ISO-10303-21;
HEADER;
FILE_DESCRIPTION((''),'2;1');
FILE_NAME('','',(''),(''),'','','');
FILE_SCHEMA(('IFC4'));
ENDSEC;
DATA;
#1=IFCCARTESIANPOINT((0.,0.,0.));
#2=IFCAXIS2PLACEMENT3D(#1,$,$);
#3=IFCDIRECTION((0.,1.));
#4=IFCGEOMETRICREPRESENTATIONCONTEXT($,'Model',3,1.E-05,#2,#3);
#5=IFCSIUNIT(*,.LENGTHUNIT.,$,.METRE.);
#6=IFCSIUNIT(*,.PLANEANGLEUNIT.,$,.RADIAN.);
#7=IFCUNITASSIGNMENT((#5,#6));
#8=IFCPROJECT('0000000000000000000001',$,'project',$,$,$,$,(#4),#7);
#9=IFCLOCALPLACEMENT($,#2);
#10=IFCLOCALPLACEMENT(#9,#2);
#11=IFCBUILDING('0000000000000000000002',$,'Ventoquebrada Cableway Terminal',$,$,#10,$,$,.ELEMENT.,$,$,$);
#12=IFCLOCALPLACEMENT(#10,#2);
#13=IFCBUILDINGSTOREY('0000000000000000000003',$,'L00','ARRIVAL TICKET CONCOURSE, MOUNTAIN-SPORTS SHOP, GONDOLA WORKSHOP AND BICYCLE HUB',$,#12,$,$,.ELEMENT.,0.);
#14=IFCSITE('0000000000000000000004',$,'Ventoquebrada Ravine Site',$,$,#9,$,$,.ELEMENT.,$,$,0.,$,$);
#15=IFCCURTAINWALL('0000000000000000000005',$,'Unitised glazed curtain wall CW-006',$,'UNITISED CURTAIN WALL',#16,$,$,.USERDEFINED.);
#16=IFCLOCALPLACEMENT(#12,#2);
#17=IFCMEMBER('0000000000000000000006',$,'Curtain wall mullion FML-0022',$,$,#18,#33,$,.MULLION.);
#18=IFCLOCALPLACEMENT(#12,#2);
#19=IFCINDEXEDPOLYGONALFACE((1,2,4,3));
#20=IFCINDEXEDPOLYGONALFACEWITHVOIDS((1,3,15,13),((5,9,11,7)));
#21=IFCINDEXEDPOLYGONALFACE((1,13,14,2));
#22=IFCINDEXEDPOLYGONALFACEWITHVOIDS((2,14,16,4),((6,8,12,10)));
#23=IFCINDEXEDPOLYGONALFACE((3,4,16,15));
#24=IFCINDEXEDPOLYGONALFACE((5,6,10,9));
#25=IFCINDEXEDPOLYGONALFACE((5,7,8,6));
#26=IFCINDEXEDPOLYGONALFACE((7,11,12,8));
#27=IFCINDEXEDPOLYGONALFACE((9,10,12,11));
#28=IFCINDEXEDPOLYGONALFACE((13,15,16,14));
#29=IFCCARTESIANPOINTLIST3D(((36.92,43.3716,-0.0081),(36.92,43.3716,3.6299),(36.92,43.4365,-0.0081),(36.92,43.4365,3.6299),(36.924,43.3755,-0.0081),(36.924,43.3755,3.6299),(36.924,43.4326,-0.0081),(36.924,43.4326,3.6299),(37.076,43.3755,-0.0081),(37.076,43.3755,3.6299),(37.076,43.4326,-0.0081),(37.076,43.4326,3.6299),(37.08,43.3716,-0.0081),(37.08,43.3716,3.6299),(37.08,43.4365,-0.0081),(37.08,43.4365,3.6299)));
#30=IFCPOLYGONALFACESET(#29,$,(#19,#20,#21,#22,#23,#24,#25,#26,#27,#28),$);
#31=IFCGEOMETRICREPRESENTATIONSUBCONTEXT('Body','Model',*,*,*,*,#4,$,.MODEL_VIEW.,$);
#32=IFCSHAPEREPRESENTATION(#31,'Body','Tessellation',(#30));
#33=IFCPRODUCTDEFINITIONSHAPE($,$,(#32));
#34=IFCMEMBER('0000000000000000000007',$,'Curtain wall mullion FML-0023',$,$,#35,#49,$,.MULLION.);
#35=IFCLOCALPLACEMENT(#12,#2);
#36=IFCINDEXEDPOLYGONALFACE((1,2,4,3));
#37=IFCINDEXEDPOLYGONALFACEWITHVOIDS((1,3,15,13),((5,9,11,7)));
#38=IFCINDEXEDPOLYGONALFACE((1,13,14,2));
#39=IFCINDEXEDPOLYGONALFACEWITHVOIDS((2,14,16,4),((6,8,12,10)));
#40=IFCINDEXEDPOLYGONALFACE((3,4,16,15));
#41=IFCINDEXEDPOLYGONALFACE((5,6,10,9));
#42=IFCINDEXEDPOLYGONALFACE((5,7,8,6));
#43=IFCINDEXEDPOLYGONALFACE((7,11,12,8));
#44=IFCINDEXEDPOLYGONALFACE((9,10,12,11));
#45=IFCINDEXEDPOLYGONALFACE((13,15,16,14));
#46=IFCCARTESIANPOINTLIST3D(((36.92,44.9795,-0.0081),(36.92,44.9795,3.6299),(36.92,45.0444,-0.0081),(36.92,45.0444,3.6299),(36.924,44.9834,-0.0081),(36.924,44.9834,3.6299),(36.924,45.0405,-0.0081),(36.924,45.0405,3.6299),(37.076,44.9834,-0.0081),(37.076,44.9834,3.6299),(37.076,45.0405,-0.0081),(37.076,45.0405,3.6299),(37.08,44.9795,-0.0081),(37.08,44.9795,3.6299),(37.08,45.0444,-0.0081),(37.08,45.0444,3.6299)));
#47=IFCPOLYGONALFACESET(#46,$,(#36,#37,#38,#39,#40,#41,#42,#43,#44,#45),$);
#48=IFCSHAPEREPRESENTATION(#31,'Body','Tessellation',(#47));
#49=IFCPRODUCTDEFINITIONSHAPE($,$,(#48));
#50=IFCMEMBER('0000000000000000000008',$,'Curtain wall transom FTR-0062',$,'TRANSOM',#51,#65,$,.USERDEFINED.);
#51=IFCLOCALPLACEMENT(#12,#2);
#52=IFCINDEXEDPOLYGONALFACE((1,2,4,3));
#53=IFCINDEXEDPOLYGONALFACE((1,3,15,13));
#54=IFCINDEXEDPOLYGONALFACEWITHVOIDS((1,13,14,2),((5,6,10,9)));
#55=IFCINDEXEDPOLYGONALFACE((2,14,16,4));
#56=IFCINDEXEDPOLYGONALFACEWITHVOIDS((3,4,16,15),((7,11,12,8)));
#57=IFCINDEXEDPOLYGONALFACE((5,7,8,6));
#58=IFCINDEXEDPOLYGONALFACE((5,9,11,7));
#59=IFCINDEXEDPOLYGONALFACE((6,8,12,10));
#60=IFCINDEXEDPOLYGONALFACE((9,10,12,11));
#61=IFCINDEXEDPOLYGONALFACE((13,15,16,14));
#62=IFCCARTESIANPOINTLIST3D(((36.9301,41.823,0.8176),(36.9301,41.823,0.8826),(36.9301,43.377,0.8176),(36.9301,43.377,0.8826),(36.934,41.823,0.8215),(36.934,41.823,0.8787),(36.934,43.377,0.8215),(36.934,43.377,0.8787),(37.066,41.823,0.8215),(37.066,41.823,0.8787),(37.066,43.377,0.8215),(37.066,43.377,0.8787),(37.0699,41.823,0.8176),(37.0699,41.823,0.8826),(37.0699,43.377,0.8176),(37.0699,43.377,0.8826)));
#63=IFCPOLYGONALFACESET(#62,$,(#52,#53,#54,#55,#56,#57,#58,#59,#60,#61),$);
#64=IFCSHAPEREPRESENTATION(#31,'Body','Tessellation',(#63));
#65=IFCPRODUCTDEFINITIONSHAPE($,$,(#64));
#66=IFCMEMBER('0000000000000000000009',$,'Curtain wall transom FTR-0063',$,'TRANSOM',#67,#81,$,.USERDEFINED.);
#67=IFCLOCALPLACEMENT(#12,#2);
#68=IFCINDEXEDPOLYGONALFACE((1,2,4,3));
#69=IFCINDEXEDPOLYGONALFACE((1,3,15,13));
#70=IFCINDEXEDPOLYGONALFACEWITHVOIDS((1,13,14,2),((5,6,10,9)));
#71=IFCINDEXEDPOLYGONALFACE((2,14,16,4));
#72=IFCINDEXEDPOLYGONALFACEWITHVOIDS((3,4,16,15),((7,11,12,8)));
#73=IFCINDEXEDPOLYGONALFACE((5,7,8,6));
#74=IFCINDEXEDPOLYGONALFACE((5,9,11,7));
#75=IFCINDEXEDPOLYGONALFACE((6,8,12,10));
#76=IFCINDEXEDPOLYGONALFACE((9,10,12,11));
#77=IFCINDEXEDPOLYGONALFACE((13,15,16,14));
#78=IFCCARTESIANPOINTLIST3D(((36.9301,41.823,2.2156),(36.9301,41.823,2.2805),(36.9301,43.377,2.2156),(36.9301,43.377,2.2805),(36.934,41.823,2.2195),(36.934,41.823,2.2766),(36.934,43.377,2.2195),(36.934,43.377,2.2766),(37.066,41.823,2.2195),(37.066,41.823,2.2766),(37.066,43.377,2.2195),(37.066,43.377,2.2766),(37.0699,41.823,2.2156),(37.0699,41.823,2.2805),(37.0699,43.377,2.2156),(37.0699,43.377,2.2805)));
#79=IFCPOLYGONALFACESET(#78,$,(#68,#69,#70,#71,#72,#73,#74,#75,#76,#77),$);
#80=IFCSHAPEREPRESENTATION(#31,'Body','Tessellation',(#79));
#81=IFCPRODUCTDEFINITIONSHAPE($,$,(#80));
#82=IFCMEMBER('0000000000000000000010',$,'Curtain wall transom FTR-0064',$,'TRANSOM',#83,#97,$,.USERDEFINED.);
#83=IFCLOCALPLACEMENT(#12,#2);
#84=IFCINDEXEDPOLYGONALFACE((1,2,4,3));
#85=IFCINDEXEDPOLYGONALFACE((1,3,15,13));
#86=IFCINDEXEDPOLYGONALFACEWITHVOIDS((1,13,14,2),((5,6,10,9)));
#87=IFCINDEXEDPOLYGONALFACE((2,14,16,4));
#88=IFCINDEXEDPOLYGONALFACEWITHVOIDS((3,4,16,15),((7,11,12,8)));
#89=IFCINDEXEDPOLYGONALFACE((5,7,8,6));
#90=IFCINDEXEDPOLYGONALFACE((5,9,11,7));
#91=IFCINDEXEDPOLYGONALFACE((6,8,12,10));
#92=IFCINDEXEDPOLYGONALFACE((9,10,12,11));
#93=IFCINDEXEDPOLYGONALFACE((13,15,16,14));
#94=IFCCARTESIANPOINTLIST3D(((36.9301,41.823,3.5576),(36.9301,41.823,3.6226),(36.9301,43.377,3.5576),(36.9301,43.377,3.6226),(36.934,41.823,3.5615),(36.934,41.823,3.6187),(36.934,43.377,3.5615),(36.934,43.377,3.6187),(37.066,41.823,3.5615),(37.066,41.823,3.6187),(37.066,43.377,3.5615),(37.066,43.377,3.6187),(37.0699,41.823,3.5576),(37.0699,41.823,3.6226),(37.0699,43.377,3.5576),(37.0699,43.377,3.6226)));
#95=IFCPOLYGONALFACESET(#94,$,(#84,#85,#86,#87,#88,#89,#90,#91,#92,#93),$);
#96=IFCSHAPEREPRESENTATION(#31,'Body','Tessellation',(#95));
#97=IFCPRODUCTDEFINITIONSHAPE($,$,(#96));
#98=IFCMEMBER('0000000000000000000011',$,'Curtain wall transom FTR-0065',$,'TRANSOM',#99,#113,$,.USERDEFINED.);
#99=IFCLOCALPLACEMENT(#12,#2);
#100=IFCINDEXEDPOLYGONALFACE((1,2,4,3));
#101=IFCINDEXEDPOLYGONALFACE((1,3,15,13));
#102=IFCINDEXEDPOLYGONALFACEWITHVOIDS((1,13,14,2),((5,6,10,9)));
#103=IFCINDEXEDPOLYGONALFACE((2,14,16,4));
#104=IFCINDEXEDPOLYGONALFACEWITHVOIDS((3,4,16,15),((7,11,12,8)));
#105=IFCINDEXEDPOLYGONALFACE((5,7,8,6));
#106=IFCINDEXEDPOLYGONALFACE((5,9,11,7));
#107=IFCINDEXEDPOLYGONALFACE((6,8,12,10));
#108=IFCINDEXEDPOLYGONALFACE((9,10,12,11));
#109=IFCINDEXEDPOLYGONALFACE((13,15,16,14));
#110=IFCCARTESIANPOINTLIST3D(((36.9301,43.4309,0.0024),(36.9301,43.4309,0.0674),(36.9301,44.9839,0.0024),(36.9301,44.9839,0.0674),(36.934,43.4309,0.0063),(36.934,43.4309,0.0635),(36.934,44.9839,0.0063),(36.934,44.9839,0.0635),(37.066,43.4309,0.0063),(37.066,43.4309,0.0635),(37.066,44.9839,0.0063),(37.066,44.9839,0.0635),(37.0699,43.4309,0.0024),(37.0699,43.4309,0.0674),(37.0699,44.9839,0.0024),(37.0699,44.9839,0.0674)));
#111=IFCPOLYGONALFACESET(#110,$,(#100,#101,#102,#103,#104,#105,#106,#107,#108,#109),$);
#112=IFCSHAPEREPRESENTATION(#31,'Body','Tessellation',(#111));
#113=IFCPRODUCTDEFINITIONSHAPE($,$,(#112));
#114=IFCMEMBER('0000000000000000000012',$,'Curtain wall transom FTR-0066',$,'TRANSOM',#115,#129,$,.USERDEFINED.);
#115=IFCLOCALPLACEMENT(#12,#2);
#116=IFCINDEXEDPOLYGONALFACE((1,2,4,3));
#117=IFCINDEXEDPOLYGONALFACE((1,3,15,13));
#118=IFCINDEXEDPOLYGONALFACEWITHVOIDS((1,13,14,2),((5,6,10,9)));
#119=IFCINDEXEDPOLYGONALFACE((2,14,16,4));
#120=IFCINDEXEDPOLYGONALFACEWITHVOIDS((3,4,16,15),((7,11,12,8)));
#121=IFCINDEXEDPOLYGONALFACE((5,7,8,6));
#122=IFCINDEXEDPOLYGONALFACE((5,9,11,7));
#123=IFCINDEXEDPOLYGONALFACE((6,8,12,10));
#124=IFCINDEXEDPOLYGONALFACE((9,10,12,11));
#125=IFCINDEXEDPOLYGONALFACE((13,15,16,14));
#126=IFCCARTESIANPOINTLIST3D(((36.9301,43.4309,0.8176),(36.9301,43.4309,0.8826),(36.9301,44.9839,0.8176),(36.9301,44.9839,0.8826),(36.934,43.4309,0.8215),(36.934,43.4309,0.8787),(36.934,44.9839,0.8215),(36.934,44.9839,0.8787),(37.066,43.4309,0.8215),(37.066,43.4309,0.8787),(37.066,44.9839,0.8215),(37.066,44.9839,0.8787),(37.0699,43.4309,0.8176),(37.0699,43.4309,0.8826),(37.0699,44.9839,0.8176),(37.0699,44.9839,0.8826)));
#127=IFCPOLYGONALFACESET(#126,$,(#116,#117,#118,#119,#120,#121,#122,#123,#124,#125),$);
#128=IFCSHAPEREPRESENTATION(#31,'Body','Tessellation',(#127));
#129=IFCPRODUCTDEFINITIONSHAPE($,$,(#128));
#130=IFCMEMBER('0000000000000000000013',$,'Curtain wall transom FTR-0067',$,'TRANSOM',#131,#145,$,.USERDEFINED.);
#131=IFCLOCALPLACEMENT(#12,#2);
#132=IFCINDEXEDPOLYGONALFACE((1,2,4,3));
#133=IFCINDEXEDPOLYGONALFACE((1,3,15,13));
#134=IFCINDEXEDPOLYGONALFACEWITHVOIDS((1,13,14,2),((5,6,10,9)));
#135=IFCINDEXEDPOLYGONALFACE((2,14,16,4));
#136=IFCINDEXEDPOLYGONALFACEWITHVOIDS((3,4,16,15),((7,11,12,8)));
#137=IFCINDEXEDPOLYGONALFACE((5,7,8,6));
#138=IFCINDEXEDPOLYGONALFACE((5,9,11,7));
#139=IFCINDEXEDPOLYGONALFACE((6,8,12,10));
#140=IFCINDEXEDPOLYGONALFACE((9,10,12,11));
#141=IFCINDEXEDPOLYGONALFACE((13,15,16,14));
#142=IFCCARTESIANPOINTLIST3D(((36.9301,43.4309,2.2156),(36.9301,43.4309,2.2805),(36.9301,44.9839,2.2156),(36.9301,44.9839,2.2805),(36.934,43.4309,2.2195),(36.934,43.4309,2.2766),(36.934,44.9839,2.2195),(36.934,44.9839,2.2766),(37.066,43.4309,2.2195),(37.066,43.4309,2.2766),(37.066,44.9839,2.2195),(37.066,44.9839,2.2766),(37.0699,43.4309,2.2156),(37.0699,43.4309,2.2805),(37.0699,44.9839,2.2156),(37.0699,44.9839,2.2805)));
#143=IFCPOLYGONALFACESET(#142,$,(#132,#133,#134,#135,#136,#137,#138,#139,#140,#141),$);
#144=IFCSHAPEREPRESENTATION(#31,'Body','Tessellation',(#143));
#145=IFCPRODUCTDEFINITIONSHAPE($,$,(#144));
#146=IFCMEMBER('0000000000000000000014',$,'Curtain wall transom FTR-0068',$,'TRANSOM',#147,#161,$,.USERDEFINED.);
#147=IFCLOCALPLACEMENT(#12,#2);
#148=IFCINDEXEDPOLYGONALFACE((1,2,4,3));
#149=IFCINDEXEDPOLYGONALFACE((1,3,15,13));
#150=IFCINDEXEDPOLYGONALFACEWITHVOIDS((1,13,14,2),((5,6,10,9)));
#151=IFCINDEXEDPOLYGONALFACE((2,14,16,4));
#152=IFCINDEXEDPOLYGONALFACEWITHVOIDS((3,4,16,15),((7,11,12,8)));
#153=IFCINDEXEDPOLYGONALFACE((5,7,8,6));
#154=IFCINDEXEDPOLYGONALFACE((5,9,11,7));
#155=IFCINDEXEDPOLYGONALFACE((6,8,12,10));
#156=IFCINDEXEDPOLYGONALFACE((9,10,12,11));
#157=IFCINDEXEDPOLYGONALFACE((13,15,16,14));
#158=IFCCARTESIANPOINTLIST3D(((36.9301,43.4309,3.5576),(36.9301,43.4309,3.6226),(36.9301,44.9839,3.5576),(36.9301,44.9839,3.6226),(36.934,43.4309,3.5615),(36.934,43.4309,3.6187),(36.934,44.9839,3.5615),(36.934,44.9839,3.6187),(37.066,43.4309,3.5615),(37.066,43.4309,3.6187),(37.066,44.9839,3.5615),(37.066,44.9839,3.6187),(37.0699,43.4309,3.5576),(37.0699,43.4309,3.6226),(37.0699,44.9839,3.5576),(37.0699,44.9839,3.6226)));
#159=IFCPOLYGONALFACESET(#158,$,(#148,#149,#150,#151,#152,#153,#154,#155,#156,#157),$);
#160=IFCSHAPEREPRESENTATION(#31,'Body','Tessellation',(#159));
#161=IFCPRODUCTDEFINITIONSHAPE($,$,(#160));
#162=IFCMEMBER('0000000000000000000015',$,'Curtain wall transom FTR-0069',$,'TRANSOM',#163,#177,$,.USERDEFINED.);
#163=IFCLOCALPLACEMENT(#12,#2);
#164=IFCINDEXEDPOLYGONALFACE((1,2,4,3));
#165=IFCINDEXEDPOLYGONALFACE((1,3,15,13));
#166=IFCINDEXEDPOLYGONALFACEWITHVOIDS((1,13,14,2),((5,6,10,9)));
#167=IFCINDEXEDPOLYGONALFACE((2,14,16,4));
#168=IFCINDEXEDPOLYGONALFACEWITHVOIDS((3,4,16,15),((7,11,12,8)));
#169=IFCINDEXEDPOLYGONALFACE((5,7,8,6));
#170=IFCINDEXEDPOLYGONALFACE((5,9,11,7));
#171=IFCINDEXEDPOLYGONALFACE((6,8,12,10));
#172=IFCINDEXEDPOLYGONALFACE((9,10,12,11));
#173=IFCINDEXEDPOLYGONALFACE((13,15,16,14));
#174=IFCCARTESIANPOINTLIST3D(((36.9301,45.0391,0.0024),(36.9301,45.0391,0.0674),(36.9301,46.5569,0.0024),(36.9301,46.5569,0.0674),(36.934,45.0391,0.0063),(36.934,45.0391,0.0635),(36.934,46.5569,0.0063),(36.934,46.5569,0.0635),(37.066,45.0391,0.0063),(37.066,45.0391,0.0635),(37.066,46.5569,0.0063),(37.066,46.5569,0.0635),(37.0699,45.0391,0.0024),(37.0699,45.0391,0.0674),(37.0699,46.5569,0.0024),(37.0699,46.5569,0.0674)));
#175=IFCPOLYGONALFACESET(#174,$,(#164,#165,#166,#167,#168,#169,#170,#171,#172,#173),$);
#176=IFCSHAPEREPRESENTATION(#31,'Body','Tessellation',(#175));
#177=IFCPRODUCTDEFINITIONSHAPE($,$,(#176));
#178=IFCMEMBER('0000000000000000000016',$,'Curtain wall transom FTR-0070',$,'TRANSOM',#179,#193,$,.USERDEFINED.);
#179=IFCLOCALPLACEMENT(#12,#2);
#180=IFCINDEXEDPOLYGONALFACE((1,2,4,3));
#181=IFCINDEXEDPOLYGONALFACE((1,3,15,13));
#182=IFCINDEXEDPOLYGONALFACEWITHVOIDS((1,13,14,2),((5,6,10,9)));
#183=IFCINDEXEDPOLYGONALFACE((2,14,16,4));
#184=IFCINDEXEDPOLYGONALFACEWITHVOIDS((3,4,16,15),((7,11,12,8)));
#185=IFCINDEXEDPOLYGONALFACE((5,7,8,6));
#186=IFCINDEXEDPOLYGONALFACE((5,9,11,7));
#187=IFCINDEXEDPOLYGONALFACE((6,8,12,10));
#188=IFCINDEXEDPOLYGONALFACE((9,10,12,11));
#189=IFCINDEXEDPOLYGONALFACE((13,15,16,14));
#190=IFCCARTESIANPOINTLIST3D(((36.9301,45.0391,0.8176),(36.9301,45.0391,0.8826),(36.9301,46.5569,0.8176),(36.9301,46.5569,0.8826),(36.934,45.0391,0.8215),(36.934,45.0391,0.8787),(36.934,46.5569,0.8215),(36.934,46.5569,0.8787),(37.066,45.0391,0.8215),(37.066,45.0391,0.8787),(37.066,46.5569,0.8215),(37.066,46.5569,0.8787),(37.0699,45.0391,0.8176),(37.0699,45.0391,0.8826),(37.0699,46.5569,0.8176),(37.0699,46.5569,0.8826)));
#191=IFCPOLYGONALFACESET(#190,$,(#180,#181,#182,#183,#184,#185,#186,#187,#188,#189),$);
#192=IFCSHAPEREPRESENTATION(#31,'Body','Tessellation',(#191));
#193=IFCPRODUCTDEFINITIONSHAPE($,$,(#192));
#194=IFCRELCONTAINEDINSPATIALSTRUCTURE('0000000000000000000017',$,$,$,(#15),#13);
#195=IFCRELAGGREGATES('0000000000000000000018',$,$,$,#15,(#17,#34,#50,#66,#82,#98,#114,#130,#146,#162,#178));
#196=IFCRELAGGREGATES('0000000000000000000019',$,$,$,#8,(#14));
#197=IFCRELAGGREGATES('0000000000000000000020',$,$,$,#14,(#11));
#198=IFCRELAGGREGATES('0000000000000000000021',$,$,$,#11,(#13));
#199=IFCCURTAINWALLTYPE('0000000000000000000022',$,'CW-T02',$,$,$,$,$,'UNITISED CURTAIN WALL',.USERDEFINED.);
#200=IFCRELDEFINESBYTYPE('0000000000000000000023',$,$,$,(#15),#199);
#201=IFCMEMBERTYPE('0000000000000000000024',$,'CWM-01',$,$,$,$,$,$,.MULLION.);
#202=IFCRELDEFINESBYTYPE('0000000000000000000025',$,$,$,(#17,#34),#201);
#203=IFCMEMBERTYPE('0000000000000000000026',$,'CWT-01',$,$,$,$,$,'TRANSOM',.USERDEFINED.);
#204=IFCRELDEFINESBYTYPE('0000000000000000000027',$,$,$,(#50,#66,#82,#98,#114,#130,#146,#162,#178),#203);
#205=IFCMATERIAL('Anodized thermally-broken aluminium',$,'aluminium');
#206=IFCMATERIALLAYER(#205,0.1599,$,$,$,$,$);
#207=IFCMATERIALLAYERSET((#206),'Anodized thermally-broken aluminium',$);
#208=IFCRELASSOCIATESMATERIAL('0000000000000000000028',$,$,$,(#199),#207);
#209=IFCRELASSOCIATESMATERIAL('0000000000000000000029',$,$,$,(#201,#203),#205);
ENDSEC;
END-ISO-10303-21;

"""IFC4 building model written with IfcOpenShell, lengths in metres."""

from ifc_helpers import new_model, si_unit, direction, frame, origin, origin_2d, place, context, subcontext, project, spatial, hollow_rectangle, extrude, material, layer, layer_set, material_profile, profile_set, type_object, element, aggregate, save


model = new_model("IFC4")

# Units and contexts
model_context = context("Model", 3, precision=1e-05, world=origin(), true_north=direction((0.0, 1.0)))
body_context = subcontext(model_context, "Body", "Model", "MODEL_VIEW")
ifc_project = project(units=[si_unit("LENGTHUNIT", "METRE"), si_unit("PLANEANGLEUNIT", "RADIAN")], contexts=[model_context])

# Site, building, storey
site_placement = place(None, origin())
site = spatial("IfcSite", under=ifc_project, at=site_placement, Name="Ventoquebrada Ravine Site", CompositionType="ELEMENT", RefElevation=0.0)
building_placement = place(site_placement, origin())
building = spatial("IfcBuilding", under=site, at=building_placement, Name="Ventoquebrada Cableway Terminal", CompositionType="ELEMENT")
storey_placement = place(building_placement, origin())
storey = spatial("IfcBuildingStorey", under=building, at=storey_placement, Name="L00", Description="ARRIVAL TICKET CONCOURSE, MOUNTAIN-SPORTS SHOP, GONDOLA WORKSHOP AND BICYCLE HUB", CompositionType="ELEMENT", Elevation=0.0)

# Curtain wall, members
ifc_material_1 = material(Name="Anodized thermally-broken aluminium", Category="aluminium")
ifc_layer_1 = layer(ifc_material_1, 0.1599)
ifc_layer_set_1 = layer_set([ifc_layer_1], Name="Anodized thermally-broken aluminium")
curtain_wall_type = type_object("IfcCurtainWallType", Name="CW-T02", ElementType="UNITISED CURTAIN WALL", PredefinedType="USERDEFINED", material=ifc_layer_set_1)
curtain_wall_placement = place(storey_placement, origin())
curtain_wall = element("IfcCurtainWall", 1, at=curtain_wall_placement, inside=storey, type_object=curtain_wall_type, Name="Unitised glazed curtain wall CW-006", ObjectType="UNITISED CURTAIN WALL", PredefinedType="USERDEFINED")
ifc_material_profile_1 = material_profile(ifc_material_1, hollow_rectangle(XDim=0.0649, YDim=0.1599, WallThickness=0.0039, at=origin_2d()), Name="CW-MUL-65X160")
ifc_profile_set_1 = profile_set([ifc_material_profile_1], Name="Anodized thermally-broken aluminium")
member_type_1 = type_object("IfcMemberType", Name="CWM-01", PredefinedType="MULLION", material=ifc_profile_set_1)
member_1_placement = place(storey_placement, frame((37.0, 43.4041, -0.0081), z_axis=(0.0, 0.0, 1.0), x_axis=(0.0, 1.0, 0.0)))
member_1 = element("IfcMember", 2, at=member_1_placement, type_object=member_type_1, Name="Curtain wall mullion FML-0022", PredefinedType="MULLION", context=body_context, shape_type="SweptSolid", body=[
    extrude(hollow_rectangle(XDim=0.0649, YDim=0.1599, WallThickness=0.0039, at=origin_2d()), origin(), (0.0, 0.0, 1.0), 3.6379),
])
member_2_placement = place(storey_placement, frame((37.0, 45.012, -0.0081), z_axis=(0.0, 0.0, 1.0), x_axis=(0.0, 1.0, 0.0)))
member_2 = element("IfcMember", 3, at=member_2_placement, type_object=member_type_1, Name="Curtain wall mullion FML-0023", PredefinedType="MULLION", context=body_context, shape_type="SweptSolid", body=[
    extrude(hollow_rectangle(XDim=0.0649, YDim=0.1599, WallThickness=0.0039, at=origin_2d()), origin(), (0.0, 0.0, 1.0), 3.6379),
])
ifc_material_profile_2 = material_profile(ifc_material_1, hollow_rectangle(XDim=0.0649, YDim=0.1399, WallThickness=0.0039, at=origin_2d()), Name="CW-TRN-65X140")
ifc_profile_set_2 = profile_set([ifc_material_profile_2], Name="Anodized thermally-broken aluminium")
member_type_2 = type_object("IfcMemberType", Name="CWT-01", ElementType="TRANSOM", PredefinedType="USERDEFINED", material=ifc_profile_set_2)
member_3_placement = place(storey_placement, frame((37.0, 41.823, 0.8501), z_axis=(0.0, 1.0, 0.0), x_axis=(0.0, 0.0, 1.0)))
member_3 = element("IfcMember", 4, at=member_3_placement, type_object=member_type_2, Name="Curtain wall transom FTR-0062", ObjectType="TRANSOM", PredefinedType="USERDEFINED", context=body_context, shape_type="SweptSolid", body=[
    extrude(hollow_rectangle(XDim=0.0649, YDim=0.1399, WallThickness=0.0039, at=origin_2d()), origin(), (0.0, 0.0, 1.0), 1.554),
])
member_4_placement = place(storey_placement, frame((37.0, 41.823, 2.248), z_axis=(0.0, 1.0, 0.0), x_axis=(0.0, 0.0, 1.0)))
member_4 = element("IfcMember", 5, at=member_4_placement, type_object=member_type_2, Name="Curtain wall transom FTR-0063", ObjectType="TRANSOM", PredefinedType="USERDEFINED", context=body_context, shape_type="SweptSolid", body=[
    extrude(hollow_rectangle(XDim=0.0649, YDim=0.1399, WallThickness=0.0039, at=origin_2d()), origin(), (0.0, 0.0, 1.0), 1.554),
])
member_5_placement = place(storey_placement, frame((37.0, 41.823, 3.5901), z_axis=(0.0, 1.0, 0.0), x_axis=(0.0, 0.0, 1.0)))
member_5 = element("IfcMember", 6, at=member_5_placement, type_object=member_type_2, Name="Curtain wall transom FTR-0064", ObjectType="TRANSOM", PredefinedType="USERDEFINED", context=body_context, shape_type="SweptSolid", body=[
    extrude(hollow_rectangle(XDim=0.0649, YDim=0.1399, WallThickness=0.0039, at=origin_2d()), origin(), (0.0, 0.0, 1.0), 1.554),
])
member_6_placement = place(storey_placement, frame((37.0, 43.4309, 0.0349), z_axis=(0.0, 1.0, 0.0), x_axis=(0.0, 0.0, 1.0)))
member_6 = element("IfcMember", 7, at=member_6_placement, type_object=member_type_2, Name="Curtain wall transom FTR-0065", ObjectType="TRANSOM", PredefinedType="USERDEFINED", context=body_context, shape_type="SweptSolid", body=[
    extrude(hollow_rectangle(XDim=0.0649, YDim=0.1399, WallThickness=0.0039, at=origin_2d()), origin(), (0.0, 0.0, 1.0), 1.553),
])
member_7_placement = place(storey_placement, frame((37.0, 43.4309, 0.8501), z_axis=(0.0, 1.0, 0.0), x_axis=(0.0, 0.0, 1.0)))
member_7 = element("IfcMember", 8, at=member_7_placement, type_object=member_type_2, Name="Curtain wall transom FTR-0066", ObjectType="TRANSOM", PredefinedType="USERDEFINED", context=body_context, shape_type="SweptSolid", body=[
    extrude(hollow_rectangle(XDim=0.0649, YDim=0.1399, WallThickness=0.0039, at=origin_2d()), origin(), (0.0, 0.0, 1.0), 1.553),
])
member_8_placement = place(storey_placement, frame((37.0, 43.4309, 2.248), z_axis=(0.0, 1.0, 0.0), x_axis=(0.0, 0.0, 1.0)))
member_8 = element("IfcMember", 9, at=member_8_placement, type_object=member_type_2, Name="Curtain wall transom FTR-0067", ObjectType="TRANSOM", PredefinedType="USERDEFINED", context=body_context, shape_type="SweptSolid", body=[
    extrude(hollow_rectangle(XDim=0.0649, YDim=0.1399, WallThickness=0.0039, at=origin_2d()), origin(), (0.0, 0.0, 1.0), 1.553),
])
member_9_placement = place(storey_placement, frame((37.0, 43.4309, 3.5901), z_axis=(0.0, 1.0, 0.0), x_axis=(0.0, 0.0, 1.0)))
member_9 = element("IfcMember", 10, at=member_9_placement, type_object=member_type_2, Name="Curtain wall transom FTR-0068", ObjectType="TRANSOM", PredefinedType="USERDEFINED", context=body_context, shape_type="SweptSolid", body=[
    extrude(hollow_rectangle(XDim=0.0649, YDim=0.1399, WallThickness=0.0039, at=origin_2d()), origin(), (0.0, 0.0, 1.0), 1.553),
])
member_10_placement = place(storey_placement, frame((37.0, 45.0391, 0.0349), z_axis=(0.0, 1.0, 0.0), x_axis=(0.0, 0.0, 1.0)))
member_10 = element("IfcMember", 11, at=member_10_placement, type_object=member_type_2, Name="Curtain wall transom FTR-0069", ObjectType="TRANSOM", PredefinedType="USERDEFINED", context=body_context, shape_type="SweptSolid", body=[
    extrude(hollow_rectangle(XDim=0.0649, YDim=0.1399, WallThickness=0.0039, at=origin_2d()), origin(), (0.0, 0.0, 1.0), 1.5178),
])
member_11_placement = place(storey_placement, frame((37.0, 45.0391, 0.8501), z_axis=(0.0, 1.0, 0.0), x_axis=(0.0, 0.0, 1.0)))
member_11 = element("IfcMember", 12, at=member_11_placement, type_object=member_type_2, Name="Curtain wall transom FTR-0070", ObjectType="TRANSOM", PredefinedType="USERDEFINED", context=body_context, shape_type="SweptSolid", body=[
    extrude(hollow_rectangle(XDim=0.0649, YDim=0.1399, WallThickness=0.0039, at=origin_2d()), origin(), (0.0, 0.0, 1.0), 1.5178),
])
aggregate(curtain_wall, [member_1, member_2, member_3, member_4, member_5, member_6, member_7, member_8, member_9, member_10, member_11])

save(model, "model.ifc")
